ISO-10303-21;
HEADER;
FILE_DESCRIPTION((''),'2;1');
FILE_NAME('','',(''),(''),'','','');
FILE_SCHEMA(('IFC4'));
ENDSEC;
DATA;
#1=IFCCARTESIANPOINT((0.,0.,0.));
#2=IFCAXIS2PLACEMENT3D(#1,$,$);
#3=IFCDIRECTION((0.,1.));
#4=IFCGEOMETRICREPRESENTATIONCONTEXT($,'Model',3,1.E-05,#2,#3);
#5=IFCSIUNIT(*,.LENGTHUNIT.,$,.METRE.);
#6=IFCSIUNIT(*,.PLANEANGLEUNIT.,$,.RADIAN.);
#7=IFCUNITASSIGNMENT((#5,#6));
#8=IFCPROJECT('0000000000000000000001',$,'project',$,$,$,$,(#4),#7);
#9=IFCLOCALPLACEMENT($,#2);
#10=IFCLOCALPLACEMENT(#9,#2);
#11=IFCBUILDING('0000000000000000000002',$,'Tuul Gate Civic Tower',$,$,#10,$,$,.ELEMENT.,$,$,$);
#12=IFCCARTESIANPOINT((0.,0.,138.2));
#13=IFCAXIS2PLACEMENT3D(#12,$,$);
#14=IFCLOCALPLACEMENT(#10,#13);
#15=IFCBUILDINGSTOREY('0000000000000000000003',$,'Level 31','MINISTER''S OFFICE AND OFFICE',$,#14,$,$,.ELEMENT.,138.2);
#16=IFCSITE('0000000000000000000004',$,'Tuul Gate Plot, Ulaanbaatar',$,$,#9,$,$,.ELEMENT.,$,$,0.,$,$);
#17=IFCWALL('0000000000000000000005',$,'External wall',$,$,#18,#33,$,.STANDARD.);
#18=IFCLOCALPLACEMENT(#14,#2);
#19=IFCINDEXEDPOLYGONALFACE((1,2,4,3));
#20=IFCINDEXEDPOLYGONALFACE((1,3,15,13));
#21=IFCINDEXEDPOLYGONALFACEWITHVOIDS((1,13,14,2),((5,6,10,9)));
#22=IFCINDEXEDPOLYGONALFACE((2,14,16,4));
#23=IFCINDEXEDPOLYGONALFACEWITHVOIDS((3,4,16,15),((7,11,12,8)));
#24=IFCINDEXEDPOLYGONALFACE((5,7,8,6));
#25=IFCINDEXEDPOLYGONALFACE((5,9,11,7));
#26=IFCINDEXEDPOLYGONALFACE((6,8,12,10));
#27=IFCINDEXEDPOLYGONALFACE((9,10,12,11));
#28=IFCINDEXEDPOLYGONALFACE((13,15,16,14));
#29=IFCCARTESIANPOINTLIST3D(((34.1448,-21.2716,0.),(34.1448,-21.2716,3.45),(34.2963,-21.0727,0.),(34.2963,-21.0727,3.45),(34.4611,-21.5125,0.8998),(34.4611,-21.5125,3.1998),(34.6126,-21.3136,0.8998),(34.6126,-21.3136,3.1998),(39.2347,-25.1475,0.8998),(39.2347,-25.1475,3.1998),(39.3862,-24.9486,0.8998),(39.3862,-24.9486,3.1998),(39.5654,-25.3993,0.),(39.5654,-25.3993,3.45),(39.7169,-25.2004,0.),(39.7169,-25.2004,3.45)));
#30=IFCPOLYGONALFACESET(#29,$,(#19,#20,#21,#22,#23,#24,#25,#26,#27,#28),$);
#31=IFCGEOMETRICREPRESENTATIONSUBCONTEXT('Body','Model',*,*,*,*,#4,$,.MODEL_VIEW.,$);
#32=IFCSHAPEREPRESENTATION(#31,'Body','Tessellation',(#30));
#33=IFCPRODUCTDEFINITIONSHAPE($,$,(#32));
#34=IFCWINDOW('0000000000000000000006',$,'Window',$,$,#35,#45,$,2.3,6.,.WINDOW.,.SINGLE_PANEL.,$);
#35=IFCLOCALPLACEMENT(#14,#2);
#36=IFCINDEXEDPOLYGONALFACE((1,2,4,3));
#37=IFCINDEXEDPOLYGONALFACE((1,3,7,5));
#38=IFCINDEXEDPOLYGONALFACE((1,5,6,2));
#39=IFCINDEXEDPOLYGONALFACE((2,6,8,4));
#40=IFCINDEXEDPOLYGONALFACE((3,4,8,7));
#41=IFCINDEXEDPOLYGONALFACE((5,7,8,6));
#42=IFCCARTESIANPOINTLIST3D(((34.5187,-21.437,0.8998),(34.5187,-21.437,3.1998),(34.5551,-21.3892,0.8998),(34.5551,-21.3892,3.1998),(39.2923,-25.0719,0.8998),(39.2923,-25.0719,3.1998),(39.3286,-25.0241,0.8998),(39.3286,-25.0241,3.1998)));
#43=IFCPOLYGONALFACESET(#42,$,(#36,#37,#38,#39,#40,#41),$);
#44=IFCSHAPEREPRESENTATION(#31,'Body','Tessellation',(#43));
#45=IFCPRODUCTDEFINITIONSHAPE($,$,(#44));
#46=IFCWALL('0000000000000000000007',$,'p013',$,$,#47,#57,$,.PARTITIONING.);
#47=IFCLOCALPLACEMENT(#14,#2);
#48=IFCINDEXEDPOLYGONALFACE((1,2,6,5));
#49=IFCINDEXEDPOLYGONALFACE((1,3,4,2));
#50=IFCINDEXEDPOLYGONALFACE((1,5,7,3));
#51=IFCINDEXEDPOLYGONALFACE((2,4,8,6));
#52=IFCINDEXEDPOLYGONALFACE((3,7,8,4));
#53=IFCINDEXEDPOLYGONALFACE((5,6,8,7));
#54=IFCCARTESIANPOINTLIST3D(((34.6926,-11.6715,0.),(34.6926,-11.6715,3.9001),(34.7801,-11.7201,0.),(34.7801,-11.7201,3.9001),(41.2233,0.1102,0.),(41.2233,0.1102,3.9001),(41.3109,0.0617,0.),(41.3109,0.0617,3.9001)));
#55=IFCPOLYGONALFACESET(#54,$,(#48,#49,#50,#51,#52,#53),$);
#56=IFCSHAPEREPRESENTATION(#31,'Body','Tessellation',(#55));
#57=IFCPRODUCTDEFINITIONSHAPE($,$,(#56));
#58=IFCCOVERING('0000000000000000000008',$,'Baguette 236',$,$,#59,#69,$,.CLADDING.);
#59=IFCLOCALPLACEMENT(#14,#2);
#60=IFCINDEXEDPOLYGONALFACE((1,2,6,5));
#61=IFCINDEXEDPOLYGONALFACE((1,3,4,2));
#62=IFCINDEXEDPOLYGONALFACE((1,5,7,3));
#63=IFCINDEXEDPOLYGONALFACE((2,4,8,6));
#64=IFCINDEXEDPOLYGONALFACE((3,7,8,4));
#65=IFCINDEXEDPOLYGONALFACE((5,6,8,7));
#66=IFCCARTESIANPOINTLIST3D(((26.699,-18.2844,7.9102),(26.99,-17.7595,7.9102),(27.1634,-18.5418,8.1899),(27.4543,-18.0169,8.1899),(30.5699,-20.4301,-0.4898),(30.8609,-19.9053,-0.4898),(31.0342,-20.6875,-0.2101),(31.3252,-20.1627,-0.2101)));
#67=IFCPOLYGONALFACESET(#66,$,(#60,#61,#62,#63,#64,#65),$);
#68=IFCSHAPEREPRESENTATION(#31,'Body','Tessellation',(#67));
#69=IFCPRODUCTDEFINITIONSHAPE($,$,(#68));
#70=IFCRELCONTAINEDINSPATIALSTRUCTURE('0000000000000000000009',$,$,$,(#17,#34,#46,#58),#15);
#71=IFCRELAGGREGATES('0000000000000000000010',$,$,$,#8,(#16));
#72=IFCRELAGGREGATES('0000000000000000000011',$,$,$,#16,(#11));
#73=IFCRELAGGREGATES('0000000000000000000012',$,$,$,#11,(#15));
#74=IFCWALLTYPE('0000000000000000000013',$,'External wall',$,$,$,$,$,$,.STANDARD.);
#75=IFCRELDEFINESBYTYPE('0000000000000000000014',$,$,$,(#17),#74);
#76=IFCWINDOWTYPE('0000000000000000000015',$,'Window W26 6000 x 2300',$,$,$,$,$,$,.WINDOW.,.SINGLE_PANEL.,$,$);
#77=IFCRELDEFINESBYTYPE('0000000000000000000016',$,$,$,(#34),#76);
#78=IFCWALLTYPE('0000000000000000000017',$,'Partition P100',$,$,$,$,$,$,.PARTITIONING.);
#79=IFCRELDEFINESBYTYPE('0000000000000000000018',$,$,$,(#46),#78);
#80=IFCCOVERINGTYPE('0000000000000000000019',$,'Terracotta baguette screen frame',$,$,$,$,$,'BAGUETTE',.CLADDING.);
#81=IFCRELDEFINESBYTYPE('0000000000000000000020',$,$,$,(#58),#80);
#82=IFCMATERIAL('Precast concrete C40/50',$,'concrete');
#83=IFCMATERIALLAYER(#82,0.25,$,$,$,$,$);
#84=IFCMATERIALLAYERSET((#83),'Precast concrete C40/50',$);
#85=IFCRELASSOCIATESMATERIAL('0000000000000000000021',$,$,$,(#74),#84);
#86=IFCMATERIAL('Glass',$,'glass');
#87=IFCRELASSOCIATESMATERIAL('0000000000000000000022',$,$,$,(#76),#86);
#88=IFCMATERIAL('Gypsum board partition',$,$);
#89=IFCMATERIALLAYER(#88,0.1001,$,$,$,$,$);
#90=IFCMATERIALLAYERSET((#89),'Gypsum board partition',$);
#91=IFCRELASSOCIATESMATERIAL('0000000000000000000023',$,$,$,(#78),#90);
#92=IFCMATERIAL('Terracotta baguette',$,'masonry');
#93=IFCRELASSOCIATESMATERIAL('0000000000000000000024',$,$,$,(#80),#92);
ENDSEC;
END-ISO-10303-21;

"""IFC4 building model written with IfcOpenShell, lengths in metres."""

from ifc_helpers import new_model, si_unit, direction, frame, frame_2d, origin, origin_2d, place, context, subcontext, project, spatial, rectangle, extrude, material, layer, layer_set, material_profile, profile_set, type_object, element, fill, save


model = new_model("IFC4")

# Units and contexts
model_context = context("Model", 3, precision=1e-05, world=origin(), true_north=direction((0.0, 1.0)))
body_context = subcontext(model_context, "Body", "Model", "MODEL_VIEW")
ifc_project = project(units=[si_unit("LENGTHUNIT", "METRE"), si_unit("PLANEANGLEUNIT", "RADIAN")], contexts=[model_context])

# Site, building, storey
site_placement = place(None, origin())
site = spatial("IfcSite", under=ifc_project, at=site_placement, Name="Tuul Gate Plot, Ulaanbaatar", CompositionType="ELEMENT", RefElevation=0.0)
building_placement = place(site_placement, origin())
building = spatial("IfcBuilding", under=site, at=building_placement, Name="Tuul Gate Civic Tower", CompositionType="ELEMENT")
storey_placement = place(building_placement, frame((0.0, 0.0, 138.2)))
storey = spatial("IfcBuildingStorey", under=building, at=storey_placement, Name="Level 31", Description="MINISTER'S OFFICE AND OFFICE", CompositionType="ELEMENT", Elevation=138.2)

# Wall, opening, window
ifc_material_1 = material(Name="Precast concrete C40/50", Category="concrete")
ifc_layer_1 = layer(ifc_material_1, 0.25)
ifc_layer_set_1 = layer_set([ifc_layer_1], Name="Precast concrete C40/50")
wall_type_1 = type_object("IfcWallType", Name="External wall", PredefinedType="STANDARD", material=ifc_layer_set_1)
ifc_material_2 = material(Name="Glass", Category="glass")
window_type = type_object("IfcWindowType", Name="Window W26 6000 x 2300", PartitioningType="SINGLE_PANEL", PredefinedType="WINDOW", material=ifc_material_2)
wall_1_placement = place(storey_placement, frame((34.2205, -21.1721, 0.0), z_axis=(0.0, 0.0, 1.0), x_axis=(0.795597, -0.605826, 0.0)))
wall_1 = element("IfcWall", 1, at=wall_1_placement, inside=storey, type_object=wall_type_1, Name="External wall", PredefinedType="STANDARD", context=body_context, shape_type="SweptSolid", body=[
    extrude(rectangle(XDim=6.8132, YDim=0.25, at=frame_2d((3.4067, 0.0))), origin(), (0.0, 0.0, 1.0), 3.45),
])
opening_1_placement = place(wall_1_placement, frame((0.3977, 0.0, 0.8999)))
opening_1 = element("IfcOpeningElement", 2, at=opening_1_placement, cuts=wall_1, PredefinedType="OPENING", context=body_context, shape_type="SweptSolid", body=[
    extrude(rectangle(XDim=6.0, YDim=2.3, at=frame_2d((3.0, 1.1499))), frame((0.0, 0.135, 0.0), z_axis=(0.0, -1.0, 0.0), x_axis=(1.0, 0.0, 0.0)), (0.0, 0.0, 1.0), 0.27),
])
window_1_placement = place(opening_1_placement, origin())
window_1 = element("IfcWindow", 3, at=window_1_placement, inside=storey, type_object=window_type, Name="Window", OverallHeight=2.3, OverallWidth=6.0, PartitioningType="SINGLE_PANEL", PredefinedType="WINDOW", context=body_context, shape_type="SweptSolid", body=[
    extrude(rectangle(XDim=6.0, YDim=2.3, at=frame_2d((3.0, 1.1499))), frame((0.0, 0.03, 0.0), z_axis=(0.0, -1.0, 0.0), x_axis=(1.0, 0.0, 0.0)), (0.0, 0.0, 1.0), 0.0601),
])
fill(opening_1, window_1)

# Wall
ifc_material_3 = material(Name="Gypsum board partition")
ifc_layer_2 = layer(ifc_material_3, 0.1001)
ifc_layer_set_2 = layer_set([ifc_layer_2], Name="Gypsum board partition")
wall_type_2 = type_object("IfcWallType", Name="Partition P100", PredefinedType="PARTITIONING", material=ifc_layer_set_2)
wall_2_placement = place(storey_placement, frame((34.7363, -11.6958, 0.0), z_axis=(0.0, 0.0, 1.0), x_axis=(0.484812, 0.874619, 0.0)))
element("IfcWall", 4, at=wall_2_placement, inside=storey, type_object=wall_type_2, Name="p013", PredefinedType="PARTITIONING", context=body_context, shape_type="SweptSolid", body=[
    extrude(rectangle(XDim=13.4707, YDim=0.1001, at=frame_2d((6.7354, 0.0))), origin(), (0.0, 0.0, 1.0), 3.9001),
])

# Covering
ifc_material_4 = material(Name="Terracotta baguette", Category="masonry")
ifc_material_profile_1 = material_profile(ifc_material_4, rectangle(XDim=0.6001, YDim=0.6001, at=origin_2d()), Name="Terracotta baguette screen frame")
ifc_profile_set_1 = profile_set([ifc_material_profile_1], Name="Terracotta baguette")
covering_type = type_object("IfcCoveringType", Name="Terracotta baguette screen frame", ElementType="BAGUETTE", PredefinedType="CLADDING", material=ifc_profile_set_1)
covering_placement = place(storey_placement, frame((27.0767, -18.1506, 8.05), z_axis=(0.407693, -0.225999, -0.88471), x_axis=(0.484828, 0.87461, 0.0)))
element("IfcCovering", 5, at=covering_placement, inside=storey, type_object=covering_type, Name="Baguette 236", PredefinedType="CLADDING", context=body_context, shape_type="SweptSolid", body=[
    extrude(rectangle(XDim=0.6001, YDim=0.6001, at=origin_2d()), origin(), (0.0, 0.0, 1.0), 9.4946),
])

save(model, "model.ifc")
